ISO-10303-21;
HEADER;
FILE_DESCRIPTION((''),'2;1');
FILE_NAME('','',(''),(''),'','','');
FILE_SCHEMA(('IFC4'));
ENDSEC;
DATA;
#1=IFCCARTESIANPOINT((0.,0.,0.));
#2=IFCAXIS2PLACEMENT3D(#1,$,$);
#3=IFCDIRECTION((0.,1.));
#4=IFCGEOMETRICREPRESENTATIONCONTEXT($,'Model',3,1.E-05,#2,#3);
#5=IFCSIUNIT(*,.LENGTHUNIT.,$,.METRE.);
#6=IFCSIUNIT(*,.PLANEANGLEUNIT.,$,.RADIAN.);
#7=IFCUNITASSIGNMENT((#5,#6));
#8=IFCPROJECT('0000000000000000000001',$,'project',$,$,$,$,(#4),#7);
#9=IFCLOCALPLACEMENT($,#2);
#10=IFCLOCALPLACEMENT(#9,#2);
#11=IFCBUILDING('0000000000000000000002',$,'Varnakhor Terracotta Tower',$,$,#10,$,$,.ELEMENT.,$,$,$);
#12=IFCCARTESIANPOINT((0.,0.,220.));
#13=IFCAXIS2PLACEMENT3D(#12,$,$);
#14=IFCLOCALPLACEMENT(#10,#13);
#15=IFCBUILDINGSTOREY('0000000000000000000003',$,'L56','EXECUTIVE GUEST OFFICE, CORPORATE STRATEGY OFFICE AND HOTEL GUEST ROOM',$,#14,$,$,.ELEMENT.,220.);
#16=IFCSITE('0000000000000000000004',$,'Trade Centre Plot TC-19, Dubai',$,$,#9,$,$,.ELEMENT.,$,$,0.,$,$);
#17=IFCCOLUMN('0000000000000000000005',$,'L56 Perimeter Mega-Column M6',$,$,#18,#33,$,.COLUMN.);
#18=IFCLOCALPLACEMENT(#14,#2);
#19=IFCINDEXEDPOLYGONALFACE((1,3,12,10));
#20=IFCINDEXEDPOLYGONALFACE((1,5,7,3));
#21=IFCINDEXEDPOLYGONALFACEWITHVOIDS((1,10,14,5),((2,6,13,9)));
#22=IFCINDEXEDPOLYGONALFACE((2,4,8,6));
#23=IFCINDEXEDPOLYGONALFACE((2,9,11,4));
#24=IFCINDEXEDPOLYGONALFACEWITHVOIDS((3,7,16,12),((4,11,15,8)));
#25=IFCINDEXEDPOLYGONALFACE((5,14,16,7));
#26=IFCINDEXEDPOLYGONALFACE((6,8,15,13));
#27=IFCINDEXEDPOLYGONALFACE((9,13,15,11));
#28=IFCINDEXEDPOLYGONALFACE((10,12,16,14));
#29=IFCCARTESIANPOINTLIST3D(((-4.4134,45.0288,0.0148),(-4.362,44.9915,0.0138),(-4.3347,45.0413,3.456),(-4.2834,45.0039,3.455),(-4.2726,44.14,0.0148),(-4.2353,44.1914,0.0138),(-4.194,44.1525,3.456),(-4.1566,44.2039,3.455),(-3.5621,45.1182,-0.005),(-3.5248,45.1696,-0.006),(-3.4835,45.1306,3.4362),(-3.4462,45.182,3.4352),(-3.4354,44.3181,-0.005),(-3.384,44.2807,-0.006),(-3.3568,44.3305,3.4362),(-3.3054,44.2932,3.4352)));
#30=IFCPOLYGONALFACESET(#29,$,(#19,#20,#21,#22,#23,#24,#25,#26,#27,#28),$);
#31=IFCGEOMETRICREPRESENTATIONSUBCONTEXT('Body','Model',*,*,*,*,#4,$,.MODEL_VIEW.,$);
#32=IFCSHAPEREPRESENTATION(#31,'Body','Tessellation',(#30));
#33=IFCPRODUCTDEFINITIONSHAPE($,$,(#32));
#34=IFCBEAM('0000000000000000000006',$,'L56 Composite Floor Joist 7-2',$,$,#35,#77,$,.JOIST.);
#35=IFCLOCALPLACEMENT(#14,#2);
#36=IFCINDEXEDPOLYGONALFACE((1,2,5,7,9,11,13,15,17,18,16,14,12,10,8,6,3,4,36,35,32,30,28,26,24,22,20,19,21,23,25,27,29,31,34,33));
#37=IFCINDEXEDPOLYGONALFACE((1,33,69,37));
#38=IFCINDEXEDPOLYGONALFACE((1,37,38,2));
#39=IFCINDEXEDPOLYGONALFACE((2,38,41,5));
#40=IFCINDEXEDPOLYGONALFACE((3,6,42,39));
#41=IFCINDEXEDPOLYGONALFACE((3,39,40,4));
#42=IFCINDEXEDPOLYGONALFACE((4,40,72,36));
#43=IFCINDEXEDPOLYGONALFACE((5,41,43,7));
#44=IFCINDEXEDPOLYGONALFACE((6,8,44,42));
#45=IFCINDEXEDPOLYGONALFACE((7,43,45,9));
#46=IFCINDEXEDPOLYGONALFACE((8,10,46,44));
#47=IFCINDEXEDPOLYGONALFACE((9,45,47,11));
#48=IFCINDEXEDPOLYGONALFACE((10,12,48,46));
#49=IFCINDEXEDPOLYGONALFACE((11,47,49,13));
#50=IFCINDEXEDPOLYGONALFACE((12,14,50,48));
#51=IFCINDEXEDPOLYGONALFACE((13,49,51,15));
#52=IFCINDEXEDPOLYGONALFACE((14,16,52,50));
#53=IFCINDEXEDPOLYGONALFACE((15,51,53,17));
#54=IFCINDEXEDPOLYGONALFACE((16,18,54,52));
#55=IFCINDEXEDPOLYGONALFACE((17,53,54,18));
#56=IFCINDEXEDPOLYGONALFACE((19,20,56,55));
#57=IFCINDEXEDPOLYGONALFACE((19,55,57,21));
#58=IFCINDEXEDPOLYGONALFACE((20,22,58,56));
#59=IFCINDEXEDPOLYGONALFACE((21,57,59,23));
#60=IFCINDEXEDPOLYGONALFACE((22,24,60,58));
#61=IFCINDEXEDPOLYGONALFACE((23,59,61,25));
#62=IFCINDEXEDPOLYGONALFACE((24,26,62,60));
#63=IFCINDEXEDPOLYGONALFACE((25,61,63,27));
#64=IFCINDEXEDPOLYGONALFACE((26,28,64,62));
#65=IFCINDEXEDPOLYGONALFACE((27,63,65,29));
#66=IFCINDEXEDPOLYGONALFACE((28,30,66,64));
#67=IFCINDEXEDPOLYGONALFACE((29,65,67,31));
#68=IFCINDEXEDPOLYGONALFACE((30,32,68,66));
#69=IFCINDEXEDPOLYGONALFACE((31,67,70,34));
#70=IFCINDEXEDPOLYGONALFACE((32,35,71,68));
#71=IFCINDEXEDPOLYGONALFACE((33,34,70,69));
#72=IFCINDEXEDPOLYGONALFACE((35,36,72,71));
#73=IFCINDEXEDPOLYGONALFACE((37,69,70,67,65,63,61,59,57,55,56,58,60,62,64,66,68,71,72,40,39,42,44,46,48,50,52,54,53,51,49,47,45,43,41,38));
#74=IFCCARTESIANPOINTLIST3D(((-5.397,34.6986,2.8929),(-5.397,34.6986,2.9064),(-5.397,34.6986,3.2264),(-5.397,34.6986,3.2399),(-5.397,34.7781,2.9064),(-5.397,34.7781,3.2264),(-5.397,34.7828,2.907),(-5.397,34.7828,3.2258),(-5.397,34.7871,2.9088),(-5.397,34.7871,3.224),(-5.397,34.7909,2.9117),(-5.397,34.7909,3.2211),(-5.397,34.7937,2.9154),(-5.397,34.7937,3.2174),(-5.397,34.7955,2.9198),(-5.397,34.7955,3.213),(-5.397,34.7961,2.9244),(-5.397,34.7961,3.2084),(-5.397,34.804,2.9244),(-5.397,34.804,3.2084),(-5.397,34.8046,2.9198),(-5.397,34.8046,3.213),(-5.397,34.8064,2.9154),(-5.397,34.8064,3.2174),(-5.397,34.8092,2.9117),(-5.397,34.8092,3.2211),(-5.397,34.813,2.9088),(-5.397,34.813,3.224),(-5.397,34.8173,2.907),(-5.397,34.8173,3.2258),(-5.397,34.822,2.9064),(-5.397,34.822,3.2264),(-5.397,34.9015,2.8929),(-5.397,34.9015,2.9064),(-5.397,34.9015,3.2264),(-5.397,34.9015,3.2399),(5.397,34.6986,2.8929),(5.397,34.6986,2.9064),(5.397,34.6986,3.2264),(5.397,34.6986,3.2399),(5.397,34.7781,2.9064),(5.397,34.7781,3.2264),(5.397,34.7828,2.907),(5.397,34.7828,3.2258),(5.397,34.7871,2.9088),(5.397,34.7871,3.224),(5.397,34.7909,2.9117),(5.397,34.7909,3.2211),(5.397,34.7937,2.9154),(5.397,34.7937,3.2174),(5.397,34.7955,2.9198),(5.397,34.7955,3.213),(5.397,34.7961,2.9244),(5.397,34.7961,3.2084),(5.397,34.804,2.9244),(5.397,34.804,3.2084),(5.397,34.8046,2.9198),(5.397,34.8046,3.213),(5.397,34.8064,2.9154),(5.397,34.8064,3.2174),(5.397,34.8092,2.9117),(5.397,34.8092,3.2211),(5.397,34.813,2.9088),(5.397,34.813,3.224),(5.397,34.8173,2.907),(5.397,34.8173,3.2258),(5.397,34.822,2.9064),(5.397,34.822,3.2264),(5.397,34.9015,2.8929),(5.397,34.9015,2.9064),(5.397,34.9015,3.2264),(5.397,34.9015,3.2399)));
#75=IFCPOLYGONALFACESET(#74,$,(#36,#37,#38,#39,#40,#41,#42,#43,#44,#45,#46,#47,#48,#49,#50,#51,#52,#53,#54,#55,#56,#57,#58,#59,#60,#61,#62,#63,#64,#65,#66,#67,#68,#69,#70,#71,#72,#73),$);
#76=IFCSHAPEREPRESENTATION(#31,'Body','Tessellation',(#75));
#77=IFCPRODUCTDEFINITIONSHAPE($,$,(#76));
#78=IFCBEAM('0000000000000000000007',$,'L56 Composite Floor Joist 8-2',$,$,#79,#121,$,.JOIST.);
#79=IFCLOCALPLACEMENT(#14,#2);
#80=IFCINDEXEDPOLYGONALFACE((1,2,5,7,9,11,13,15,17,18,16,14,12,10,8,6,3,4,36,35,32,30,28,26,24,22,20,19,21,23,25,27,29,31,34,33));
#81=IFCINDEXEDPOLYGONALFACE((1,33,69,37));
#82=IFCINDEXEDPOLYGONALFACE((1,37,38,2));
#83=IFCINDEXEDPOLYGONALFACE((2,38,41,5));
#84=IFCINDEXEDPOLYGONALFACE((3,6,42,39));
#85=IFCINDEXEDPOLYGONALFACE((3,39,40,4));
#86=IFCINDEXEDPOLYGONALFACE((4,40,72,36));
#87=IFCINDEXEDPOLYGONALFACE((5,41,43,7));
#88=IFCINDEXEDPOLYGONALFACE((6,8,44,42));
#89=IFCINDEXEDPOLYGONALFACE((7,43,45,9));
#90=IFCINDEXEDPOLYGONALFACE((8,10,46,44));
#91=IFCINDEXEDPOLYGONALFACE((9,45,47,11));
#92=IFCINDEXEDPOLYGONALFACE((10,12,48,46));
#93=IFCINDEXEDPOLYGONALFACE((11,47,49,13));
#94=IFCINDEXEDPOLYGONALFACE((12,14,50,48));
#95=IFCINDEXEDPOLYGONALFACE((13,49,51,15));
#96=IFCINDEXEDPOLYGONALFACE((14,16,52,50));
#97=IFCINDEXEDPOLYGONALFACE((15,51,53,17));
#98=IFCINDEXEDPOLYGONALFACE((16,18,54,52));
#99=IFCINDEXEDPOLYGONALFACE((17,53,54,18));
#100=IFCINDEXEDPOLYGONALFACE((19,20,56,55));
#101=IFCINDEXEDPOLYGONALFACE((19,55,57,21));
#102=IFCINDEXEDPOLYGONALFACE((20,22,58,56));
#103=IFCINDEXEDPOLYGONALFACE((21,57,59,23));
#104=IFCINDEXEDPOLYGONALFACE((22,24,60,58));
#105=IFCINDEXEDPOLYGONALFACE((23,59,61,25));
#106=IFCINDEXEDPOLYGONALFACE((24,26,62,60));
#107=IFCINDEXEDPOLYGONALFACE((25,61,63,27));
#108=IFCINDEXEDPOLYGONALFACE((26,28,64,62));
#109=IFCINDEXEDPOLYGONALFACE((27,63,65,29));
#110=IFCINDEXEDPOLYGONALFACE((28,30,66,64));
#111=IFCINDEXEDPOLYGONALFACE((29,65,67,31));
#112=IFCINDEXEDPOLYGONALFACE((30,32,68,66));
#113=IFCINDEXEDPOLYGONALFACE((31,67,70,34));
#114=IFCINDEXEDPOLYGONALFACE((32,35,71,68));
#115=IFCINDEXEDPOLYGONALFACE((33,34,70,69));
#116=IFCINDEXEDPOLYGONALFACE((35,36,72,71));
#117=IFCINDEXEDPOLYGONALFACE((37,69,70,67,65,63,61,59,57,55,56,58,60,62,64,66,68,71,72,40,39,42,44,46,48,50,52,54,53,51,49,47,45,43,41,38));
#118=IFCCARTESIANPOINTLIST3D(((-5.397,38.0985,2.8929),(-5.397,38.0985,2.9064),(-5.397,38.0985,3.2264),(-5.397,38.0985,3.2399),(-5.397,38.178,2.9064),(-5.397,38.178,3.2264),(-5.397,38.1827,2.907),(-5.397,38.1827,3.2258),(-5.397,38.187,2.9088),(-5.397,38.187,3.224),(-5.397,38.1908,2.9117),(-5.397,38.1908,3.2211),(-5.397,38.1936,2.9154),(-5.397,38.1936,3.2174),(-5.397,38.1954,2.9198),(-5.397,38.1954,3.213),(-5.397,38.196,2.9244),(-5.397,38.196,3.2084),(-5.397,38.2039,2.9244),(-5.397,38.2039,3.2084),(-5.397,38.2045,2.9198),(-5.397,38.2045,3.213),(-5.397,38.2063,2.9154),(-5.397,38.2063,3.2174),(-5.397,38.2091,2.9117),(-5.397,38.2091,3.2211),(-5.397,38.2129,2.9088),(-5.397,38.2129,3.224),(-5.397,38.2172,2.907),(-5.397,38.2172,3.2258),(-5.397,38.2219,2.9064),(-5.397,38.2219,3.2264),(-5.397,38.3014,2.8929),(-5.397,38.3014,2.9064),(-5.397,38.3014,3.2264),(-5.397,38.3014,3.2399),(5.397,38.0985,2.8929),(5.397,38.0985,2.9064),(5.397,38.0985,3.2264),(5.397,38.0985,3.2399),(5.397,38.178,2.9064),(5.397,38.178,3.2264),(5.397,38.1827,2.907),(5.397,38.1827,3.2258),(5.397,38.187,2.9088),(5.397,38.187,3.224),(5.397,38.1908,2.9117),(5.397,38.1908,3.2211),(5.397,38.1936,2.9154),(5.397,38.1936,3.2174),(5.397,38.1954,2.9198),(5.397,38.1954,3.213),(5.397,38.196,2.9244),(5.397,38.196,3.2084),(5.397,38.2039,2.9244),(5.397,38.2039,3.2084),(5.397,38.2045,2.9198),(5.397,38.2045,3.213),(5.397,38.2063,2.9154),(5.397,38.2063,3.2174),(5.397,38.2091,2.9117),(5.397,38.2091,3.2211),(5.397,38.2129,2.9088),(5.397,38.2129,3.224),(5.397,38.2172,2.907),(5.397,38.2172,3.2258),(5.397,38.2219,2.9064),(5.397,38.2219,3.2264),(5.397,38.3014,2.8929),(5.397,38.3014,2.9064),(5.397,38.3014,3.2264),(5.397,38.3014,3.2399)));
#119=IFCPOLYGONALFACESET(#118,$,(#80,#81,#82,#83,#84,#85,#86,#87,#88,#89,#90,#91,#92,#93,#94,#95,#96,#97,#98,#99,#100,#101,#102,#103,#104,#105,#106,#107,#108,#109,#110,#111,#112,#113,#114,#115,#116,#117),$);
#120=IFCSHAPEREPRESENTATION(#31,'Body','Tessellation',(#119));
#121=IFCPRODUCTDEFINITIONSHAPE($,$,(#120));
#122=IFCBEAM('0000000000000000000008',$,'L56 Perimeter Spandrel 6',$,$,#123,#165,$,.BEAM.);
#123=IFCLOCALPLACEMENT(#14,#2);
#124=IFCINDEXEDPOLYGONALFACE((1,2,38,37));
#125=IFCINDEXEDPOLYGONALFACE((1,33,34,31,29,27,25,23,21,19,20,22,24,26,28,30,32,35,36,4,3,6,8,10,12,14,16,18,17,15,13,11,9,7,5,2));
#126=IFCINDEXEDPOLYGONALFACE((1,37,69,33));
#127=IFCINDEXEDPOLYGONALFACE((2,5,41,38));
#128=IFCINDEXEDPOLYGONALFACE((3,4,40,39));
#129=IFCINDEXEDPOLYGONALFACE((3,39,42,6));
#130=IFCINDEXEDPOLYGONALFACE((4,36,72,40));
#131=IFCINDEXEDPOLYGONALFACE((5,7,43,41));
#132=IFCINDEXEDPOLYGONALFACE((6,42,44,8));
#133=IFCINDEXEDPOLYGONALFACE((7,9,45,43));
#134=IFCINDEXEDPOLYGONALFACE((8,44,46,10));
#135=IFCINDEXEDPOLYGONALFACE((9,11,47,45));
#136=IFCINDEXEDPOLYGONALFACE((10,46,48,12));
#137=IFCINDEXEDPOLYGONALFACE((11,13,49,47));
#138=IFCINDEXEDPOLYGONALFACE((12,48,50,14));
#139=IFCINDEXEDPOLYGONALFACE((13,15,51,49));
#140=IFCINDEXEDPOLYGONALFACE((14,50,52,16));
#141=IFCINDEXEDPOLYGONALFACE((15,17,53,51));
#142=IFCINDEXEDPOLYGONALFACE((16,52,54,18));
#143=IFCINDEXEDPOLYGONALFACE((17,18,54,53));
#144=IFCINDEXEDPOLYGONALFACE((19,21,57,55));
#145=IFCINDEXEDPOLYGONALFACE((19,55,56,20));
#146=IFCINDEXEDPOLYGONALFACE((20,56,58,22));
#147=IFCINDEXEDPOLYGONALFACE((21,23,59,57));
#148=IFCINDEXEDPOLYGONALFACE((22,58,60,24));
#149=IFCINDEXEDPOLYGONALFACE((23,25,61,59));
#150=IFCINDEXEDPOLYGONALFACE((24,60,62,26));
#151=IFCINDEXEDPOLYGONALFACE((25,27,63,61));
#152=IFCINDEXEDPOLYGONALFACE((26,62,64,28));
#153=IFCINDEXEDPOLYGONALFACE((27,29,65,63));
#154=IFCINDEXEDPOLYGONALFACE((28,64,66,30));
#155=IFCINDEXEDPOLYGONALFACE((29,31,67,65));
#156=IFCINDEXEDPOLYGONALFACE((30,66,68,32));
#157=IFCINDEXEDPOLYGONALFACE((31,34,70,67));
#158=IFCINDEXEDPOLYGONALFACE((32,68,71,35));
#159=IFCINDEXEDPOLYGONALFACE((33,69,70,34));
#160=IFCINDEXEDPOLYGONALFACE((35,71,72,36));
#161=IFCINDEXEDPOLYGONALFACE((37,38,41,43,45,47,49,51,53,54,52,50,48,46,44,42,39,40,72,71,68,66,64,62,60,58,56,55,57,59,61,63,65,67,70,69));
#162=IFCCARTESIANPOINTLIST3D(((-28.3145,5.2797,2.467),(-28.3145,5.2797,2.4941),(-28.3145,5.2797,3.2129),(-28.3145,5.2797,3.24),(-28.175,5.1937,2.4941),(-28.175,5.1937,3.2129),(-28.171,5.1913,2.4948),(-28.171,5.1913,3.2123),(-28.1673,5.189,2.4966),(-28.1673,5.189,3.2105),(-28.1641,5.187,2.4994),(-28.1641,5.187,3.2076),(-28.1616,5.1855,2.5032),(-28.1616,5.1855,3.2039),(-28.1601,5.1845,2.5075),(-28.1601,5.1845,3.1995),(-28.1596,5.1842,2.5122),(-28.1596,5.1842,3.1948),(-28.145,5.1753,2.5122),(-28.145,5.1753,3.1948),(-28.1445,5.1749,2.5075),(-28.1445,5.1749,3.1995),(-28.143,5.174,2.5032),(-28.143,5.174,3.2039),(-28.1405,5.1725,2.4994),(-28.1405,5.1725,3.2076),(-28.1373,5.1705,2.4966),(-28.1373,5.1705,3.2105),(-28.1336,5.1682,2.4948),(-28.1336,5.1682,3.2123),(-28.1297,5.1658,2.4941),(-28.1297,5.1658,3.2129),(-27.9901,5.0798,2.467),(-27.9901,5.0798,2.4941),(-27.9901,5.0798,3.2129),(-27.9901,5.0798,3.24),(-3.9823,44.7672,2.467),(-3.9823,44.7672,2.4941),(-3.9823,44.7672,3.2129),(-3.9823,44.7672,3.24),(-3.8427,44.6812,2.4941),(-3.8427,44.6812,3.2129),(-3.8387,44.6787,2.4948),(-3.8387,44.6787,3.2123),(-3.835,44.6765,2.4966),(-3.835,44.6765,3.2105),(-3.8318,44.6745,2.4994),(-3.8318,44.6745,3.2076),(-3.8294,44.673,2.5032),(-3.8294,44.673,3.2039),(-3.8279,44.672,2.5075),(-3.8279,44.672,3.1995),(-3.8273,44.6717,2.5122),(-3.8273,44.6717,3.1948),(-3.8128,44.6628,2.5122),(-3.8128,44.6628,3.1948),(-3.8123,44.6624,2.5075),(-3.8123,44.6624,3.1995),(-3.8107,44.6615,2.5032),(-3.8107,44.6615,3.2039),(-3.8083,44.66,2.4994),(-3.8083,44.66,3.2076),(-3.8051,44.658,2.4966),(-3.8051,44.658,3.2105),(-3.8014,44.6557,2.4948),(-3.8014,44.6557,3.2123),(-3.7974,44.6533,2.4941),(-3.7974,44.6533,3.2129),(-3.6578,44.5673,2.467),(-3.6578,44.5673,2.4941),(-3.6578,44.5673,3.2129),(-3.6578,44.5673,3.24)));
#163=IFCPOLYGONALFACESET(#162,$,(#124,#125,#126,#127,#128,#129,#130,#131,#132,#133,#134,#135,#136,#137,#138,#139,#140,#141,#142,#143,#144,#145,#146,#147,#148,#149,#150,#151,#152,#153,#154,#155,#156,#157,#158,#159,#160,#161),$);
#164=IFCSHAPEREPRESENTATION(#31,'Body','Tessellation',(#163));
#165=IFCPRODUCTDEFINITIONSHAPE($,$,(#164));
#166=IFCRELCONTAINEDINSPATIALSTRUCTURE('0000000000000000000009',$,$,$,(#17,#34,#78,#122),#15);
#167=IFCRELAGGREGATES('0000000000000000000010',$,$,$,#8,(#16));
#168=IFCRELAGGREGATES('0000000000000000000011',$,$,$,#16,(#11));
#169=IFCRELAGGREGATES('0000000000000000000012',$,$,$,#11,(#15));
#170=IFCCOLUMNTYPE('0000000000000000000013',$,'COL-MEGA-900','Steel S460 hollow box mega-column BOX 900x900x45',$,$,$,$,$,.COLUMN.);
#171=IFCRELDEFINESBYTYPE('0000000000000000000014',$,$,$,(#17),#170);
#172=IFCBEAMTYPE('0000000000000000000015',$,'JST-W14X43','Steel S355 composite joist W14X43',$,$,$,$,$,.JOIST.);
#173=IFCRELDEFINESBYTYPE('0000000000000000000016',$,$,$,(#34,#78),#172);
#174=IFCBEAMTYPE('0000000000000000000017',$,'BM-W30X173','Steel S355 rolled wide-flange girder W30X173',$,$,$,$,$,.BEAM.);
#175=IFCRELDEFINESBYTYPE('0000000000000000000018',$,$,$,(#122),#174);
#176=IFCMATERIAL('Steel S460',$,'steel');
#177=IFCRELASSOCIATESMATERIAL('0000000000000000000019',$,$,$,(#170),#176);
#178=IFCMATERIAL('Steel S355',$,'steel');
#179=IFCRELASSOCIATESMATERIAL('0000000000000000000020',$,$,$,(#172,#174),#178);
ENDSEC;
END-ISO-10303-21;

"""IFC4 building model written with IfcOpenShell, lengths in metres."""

from ifc_helpers import new_model, si_unit, direction, frame, origin, origin_2d, place, context, subcontext, project, spatial, hollow_rectangle, i_section, extrude, source, transform, mapped, material, material_profile, profile_set, type_object, element, save


model = new_model("IFC4")

# Units and contexts
model_context = context("Model", 3, precision=1e-05, world=origin(), true_north=direction((0.0, 1.0)))
body_context = subcontext(model_context, "Body", "Model", "MODEL_VIEW")
ifc_project = project(units=[si_unit("LENGTHUNIT", "METRE"), si_unit("PLANEANGLEUNIT", "RADIAN")], contexts=[model_context])

# Site, building, storey
site_placement = place(None, origin())
site = spatial("IfcSite", under=ifc_project, at=site_placement, Name="Trade Centre Plot TC-19, Dubai", CompositionType="ELEMENT", RefElevation=0.0)
building_placement = place(site_placement, origin())
building = spatial("IfcBuilding", under=site, at=building_placement, Name="Varnakhor Terracotta Tower", CompositionType="ELEMENT")
storey_placement = place(building_placement, frame((0.0, 0.0, 220.0)))
storey = spatial("IfcBuildingStorey", under=building, at=storey_placement, Name="L56", Description="EXECUTIVE GUEST OFFICE, CORPORATE STRATEGY OFFICE AND HOTEL GUEST ROOM", CompositionType="ELEMENT", Elevation=220.0)

# Column
ifc_material_1 = material(Name="Steel S460", Category="steel")
ifc_material_profile_1 = material_profile(ifc_material_1, hollow_rectangle(XDim=0.8999, YDim=0.8999, WallThickness=0.0449, at=origin_2d()), Name="BOX 900x900x45")
ifc_profile_set_1 = profile_set([ifc_material_profile_1], Name="Steel S460")
column_type = type_object("IfcColumnType", Name="COL-MEGA-900", Description="Steel S460 hollow box mega-column BOX 900x900x45", PredefinedType="COLUMN", material=ifc_profile_set_1)
shared_shape_1 = source(origin(), body_context, "Body", "SweptSolid", [
    extrude(hollow_rectangle(XDim=0.8999, YDim=0.8999, WallThickness=0.0449, at=origin_2d()), origin(), (0.0, 0.0, 1.0), 3.4421),
])
column_placement = place(storey_placement, frame((-3.8987, 44.6548, 0.0044), z_axis=(0.022839, 0.003617, 0.999733), x_axis=(-0.156435, 0.987688, 0.0)))
element("IfcColumn", 1, at=column_placement, inside=storey, type_object=column_type, Name="L56 Perimeter Mega-Column M6", PredefinedType="COLUMN", context=body_context, shape_type="MappedRepresentation", body=[
    mapped(shared_shape_1, transform((0.0, 0.0, 0.0), scale=1.0)),
])

# Beams
ifc_material_2 = material(Name="Steel S355", Category="steel")
ifc_material_profile_2 = material_profile(ifc_material_2, i_section(OverallWidth=0.2029, OverallDepth=0.3469, WebThickness=0.0078, FlangeThickness=0.0134, FilletRadius=0.0181, at=origin_2d()), Name="W14X43")
ifc_profile_set_2 = profile_set([ifc_material_profile_2], Name="Steel S355")
beam_type_1 = type_object("IfcBeamType", Name="JST-W14X43", Description="Steel S355 composite joist W14X43", PredefinedType="JOIST", material=ifc_profile_set_2)
shared_shape_2 = source(origin(), body_context, "Body", "SweptSolid", [
    extrude(i_section(OverallWidth=0.2029, OverallDepth=0.3469, WebThickness=0.0078, FlangeThickness=0.0134, FilletRadius=0.0181, at=origin_2d()), origin(), (0.0, 0.0, 1.0), 10.7939),
])
for number, where, z_axis, x_axis, name in (
    (2, (-5.397, 34.8, 3.0664), (1.0, 0.0, 0.0), (0.0, 1.0, 0.0), "L56 Composite Floor Joist 7-2"),
    (3, (-5.397, 38.2, 3.0664), (1.0, 0.0, 0.0), (0.0, 1.0, 0.0), "L56 Composite Floor Joist 8-2"),
):
    element("IfcBeam", number, at=place(storey_placement, frame(where, z_axis=z_axis, x_axis=x_axis)), inside=storey, type_object=beam_type_1, Name=name, PredefinedType="JOIST", context=body_context, shape_type="MappedRepresentation", body=[
        mapped(shared_shape_2, transform((0.0, 0.0, 0.0), scale=1.0)),
    ])
ifc_material_profile_3 = material_profile(ifc_material_2, i_section(OverallWidth=0.3811, OverallDepth=0.7729, WebThickness=0.0171, FlangeThickness=0.0271, FilletRadius=0.0181, at=origin_2d()), Name="W30X173")
ifc_profile_set_3 = profile_set([ifc_material_profile_3], Name="Steel S355")
beam_type_2 = type_object("IfcBeamType", Name="BM-W30X173", Description="Steel S355 rolled wide-flange girder W30X173", PredefinedType="BEAM", material=ifc_profile_set_3)
shared_shape_3 = source(origin(), body_context, "Body", "SweptSolid", [
    extrude(i_section(OverallWidth=0.3811, OverallDepth=0.7729, WebThickness=0.0171, FlangeThickness=0.0271, FilletRadius=0.0181, at=origin_2d()), origin(), (0.0, 0.0, 1.0), 46.3823),
])
beam_1_placement = place(storey_placement, frame((-3.8201, 44.6672, 2.8535), z_axis=(-0.524602, -0.851348, 0.0), x_axis=(0.851348, -0.524602, 0.0)))
element("IfcBeam", 4, at=beam_1_placement, inside=storey, type_object=beam_type_2, Name="L56 Perimeter Spandrel 6", PredefinedType="BEAM", context=body_context, shape_type="MappedRepresentation", body=[
    mapped(shared_shape_3, transform((0.0, 0.0, 0.0), scale=1.0)),
])

save(model, "model.ifc")
